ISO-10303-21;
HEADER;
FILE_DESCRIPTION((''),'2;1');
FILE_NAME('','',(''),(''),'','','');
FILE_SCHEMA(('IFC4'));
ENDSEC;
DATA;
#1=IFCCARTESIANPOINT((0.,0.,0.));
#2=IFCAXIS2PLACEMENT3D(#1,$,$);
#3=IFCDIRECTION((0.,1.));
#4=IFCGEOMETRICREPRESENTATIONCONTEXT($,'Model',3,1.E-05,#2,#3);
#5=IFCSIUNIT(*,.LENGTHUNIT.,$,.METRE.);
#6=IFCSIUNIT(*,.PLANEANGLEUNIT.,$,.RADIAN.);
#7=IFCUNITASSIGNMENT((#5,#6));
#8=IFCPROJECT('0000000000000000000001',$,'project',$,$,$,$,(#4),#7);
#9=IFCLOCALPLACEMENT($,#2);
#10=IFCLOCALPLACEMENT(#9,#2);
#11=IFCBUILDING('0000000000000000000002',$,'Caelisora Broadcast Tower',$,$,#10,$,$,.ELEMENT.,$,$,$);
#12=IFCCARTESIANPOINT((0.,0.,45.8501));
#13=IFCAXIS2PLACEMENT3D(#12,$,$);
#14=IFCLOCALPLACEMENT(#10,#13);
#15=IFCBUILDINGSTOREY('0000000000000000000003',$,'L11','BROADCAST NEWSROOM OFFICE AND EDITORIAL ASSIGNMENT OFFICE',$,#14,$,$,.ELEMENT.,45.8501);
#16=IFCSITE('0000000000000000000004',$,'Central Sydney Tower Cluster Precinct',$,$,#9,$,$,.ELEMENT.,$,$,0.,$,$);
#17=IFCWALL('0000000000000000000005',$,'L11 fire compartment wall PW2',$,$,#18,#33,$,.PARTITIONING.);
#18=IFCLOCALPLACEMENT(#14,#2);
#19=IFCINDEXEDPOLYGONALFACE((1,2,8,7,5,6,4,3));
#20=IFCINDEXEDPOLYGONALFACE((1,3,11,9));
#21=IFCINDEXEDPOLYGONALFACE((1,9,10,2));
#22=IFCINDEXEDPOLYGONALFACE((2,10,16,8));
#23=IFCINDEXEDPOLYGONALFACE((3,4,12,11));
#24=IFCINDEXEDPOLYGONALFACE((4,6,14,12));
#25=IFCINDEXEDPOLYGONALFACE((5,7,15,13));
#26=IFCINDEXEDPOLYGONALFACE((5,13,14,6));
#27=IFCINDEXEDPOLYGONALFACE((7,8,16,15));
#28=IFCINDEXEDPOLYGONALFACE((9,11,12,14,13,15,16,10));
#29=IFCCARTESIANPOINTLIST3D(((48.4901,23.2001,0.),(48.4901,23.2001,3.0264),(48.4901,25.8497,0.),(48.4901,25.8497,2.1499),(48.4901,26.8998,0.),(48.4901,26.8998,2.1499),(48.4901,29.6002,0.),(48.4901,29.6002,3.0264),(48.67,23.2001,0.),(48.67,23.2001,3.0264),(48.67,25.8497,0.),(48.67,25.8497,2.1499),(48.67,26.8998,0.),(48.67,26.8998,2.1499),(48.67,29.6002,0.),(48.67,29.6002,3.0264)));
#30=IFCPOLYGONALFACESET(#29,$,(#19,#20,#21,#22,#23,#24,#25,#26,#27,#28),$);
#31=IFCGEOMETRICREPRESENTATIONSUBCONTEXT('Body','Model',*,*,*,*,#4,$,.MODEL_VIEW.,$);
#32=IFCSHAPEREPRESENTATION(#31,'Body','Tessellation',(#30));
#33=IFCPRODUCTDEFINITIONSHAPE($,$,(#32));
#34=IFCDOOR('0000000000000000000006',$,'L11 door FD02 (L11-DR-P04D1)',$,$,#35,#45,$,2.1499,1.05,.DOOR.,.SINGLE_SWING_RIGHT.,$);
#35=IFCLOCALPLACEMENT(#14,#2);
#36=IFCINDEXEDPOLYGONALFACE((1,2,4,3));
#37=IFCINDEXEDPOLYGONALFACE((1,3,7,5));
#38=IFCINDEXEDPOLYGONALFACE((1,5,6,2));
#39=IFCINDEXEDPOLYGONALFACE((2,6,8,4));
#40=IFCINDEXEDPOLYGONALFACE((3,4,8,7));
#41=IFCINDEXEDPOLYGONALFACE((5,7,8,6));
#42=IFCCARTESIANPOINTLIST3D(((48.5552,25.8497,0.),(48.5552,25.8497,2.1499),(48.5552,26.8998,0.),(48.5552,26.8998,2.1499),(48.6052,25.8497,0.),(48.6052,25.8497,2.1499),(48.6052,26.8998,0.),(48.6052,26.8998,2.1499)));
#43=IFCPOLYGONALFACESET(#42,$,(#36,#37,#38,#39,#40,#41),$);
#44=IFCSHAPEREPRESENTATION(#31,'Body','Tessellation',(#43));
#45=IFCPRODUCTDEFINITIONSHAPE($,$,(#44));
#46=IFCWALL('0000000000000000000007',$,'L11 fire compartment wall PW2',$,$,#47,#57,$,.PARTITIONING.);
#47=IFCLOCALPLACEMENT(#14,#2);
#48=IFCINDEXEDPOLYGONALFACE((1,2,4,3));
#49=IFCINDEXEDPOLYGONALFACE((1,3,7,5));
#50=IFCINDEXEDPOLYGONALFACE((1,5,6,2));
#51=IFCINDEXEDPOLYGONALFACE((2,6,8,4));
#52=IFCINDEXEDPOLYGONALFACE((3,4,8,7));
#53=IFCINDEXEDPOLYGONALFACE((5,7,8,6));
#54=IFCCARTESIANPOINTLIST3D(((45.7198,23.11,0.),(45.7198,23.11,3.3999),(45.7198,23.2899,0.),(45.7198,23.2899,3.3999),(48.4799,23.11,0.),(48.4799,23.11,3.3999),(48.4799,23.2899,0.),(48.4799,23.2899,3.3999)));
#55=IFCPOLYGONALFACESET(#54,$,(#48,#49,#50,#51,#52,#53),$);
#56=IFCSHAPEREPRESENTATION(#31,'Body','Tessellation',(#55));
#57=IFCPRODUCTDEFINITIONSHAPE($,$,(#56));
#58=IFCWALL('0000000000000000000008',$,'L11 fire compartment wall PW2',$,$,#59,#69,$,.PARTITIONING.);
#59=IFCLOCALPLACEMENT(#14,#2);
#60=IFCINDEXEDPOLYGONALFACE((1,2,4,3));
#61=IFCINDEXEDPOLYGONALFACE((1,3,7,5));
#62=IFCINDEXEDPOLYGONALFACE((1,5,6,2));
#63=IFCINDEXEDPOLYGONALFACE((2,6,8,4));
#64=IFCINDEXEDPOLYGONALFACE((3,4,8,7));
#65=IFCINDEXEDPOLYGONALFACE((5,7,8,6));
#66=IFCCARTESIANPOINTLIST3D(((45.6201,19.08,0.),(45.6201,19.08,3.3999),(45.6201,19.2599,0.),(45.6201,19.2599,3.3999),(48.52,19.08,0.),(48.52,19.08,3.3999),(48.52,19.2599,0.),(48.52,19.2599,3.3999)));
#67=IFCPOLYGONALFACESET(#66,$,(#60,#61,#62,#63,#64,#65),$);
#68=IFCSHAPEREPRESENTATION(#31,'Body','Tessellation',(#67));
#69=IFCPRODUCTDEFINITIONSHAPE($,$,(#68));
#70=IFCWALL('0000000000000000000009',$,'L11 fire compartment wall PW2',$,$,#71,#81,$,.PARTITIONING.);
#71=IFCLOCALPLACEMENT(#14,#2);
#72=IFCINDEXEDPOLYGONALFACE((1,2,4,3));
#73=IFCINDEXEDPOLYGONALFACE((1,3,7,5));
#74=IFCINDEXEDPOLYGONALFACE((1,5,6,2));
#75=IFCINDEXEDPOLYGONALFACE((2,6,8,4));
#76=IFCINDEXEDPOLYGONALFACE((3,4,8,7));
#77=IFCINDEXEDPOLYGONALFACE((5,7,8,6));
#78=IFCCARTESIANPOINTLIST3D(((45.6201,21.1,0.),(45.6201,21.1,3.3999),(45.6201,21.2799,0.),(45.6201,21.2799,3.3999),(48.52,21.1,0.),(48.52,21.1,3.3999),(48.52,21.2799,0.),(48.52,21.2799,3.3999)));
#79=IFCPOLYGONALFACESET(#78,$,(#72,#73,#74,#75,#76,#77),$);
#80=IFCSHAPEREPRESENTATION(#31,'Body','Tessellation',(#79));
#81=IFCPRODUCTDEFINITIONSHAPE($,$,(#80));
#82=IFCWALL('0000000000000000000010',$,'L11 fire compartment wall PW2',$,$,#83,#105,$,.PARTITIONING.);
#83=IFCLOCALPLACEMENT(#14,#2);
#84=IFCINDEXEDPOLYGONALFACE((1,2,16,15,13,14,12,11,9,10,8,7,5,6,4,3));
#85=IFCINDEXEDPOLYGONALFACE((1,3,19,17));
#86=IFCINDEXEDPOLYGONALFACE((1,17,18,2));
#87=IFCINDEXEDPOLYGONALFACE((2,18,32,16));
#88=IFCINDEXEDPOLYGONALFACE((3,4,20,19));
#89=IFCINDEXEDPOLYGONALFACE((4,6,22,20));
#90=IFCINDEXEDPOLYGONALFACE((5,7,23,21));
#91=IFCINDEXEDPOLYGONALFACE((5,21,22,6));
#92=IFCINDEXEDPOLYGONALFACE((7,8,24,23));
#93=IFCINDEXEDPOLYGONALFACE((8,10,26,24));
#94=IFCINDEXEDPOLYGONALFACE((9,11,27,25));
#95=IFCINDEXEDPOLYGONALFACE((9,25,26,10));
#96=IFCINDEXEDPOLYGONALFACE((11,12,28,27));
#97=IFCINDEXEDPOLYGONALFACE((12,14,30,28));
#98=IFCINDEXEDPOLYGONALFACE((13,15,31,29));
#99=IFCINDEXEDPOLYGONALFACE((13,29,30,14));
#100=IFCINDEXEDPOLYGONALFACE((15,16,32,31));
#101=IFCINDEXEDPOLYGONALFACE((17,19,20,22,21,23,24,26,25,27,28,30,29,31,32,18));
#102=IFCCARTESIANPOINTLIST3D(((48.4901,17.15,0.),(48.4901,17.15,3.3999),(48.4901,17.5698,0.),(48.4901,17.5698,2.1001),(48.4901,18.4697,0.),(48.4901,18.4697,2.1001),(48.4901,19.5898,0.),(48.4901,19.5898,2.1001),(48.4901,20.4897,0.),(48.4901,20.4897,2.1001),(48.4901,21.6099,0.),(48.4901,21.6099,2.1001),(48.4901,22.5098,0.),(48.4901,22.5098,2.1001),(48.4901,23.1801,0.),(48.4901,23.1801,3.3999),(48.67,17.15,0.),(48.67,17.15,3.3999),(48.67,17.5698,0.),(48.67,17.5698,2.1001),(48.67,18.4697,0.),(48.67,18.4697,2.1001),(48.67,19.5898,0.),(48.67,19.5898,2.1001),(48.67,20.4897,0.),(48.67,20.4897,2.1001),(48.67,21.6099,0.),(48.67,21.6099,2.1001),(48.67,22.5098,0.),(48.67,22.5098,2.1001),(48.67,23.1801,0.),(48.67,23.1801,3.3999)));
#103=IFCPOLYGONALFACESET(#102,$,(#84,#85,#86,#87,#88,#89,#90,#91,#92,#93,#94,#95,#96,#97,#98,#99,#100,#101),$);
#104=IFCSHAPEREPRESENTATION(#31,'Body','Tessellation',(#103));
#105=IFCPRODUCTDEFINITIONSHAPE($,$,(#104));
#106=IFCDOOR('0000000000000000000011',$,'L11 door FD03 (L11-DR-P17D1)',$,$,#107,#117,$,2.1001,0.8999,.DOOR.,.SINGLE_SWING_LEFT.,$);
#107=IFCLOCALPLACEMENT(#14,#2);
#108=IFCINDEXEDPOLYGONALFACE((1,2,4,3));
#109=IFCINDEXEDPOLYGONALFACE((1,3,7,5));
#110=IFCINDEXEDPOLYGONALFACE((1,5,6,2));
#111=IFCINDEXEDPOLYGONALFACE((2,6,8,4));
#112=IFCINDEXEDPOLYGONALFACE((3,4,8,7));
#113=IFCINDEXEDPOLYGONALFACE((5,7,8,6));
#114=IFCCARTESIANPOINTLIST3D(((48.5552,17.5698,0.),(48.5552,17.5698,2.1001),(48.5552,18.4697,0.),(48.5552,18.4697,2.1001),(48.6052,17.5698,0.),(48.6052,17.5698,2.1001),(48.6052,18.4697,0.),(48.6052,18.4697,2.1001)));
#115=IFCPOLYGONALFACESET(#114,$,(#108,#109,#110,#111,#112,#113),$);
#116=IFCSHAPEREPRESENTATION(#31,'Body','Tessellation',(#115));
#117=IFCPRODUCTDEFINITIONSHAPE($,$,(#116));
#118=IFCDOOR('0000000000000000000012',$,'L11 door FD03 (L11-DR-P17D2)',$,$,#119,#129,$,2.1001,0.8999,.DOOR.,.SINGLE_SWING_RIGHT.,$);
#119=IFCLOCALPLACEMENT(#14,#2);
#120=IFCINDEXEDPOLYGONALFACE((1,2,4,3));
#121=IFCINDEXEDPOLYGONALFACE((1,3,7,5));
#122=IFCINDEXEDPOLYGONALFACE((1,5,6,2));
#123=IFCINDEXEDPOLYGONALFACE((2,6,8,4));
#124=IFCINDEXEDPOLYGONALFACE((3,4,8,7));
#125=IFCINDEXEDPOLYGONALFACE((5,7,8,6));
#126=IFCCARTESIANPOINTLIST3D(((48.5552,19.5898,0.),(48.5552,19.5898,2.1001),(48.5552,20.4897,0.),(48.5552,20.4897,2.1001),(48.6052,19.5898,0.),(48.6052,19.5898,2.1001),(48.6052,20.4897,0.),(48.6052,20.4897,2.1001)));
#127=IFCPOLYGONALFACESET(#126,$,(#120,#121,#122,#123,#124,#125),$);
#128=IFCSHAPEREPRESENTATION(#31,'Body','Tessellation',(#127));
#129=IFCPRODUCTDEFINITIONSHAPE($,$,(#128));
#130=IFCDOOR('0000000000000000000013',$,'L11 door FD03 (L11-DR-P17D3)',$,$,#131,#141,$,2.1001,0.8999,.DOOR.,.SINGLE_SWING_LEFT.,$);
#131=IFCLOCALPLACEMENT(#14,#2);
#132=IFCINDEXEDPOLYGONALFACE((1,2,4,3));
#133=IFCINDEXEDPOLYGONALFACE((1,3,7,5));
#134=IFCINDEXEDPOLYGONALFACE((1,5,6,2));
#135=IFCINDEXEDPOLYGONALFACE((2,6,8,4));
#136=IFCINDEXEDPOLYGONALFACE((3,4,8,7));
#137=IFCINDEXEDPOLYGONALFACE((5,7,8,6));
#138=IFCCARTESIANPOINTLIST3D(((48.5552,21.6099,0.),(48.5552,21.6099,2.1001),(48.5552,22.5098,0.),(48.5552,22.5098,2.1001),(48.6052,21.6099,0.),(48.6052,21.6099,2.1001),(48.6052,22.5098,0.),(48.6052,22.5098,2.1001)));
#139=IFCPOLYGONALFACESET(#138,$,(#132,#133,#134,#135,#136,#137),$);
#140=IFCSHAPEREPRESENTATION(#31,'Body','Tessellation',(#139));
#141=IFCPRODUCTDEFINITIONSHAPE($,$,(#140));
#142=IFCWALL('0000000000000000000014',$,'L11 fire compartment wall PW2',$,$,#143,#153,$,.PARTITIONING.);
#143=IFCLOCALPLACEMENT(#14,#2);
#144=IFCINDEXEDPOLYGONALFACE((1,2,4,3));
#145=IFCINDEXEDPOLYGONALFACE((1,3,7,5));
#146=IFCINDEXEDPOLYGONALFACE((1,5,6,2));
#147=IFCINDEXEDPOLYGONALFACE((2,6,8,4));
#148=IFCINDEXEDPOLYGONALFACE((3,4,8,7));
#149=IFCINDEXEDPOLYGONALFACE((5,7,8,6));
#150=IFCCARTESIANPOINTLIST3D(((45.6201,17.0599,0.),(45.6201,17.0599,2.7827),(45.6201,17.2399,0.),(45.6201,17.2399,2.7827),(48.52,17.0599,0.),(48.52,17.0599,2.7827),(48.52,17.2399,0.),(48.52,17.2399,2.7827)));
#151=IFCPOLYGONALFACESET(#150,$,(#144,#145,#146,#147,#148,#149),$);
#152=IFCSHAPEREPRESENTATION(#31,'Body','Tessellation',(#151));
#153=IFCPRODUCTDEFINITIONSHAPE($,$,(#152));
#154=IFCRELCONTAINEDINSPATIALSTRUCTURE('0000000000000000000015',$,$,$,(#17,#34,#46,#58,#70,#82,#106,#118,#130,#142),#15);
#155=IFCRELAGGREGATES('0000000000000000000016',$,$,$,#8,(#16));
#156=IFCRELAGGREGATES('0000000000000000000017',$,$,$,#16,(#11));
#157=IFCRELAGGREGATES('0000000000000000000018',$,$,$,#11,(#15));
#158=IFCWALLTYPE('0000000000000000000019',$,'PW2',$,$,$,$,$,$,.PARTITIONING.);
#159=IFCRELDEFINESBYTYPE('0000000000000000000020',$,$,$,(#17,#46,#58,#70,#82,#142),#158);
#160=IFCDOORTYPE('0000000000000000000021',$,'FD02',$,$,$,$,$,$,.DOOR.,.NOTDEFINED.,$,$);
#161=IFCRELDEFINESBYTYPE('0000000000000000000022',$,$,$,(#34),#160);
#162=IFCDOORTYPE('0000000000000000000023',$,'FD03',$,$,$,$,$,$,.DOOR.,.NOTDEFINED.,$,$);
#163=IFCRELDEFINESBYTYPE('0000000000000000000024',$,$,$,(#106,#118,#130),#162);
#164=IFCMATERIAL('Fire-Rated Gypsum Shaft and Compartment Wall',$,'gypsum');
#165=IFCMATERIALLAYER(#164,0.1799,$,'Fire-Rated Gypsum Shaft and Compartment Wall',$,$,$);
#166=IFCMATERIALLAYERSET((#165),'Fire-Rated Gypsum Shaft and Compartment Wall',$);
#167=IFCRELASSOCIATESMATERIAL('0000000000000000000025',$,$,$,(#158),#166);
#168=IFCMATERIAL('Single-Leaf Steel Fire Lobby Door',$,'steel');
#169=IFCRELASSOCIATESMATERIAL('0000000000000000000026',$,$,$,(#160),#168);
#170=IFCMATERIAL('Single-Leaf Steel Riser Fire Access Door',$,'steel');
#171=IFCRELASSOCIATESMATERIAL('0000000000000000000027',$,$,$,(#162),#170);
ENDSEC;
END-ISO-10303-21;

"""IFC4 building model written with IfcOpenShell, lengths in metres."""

from ifc_helpers import new_model, si_unit, direction, frame, frame_2d, origin, place, context, subcontext, project, spatial, rectangle, extrude, material, layer, layer_set, type_object, element, fill, save


model = new_model("IFC4")

# Units and contexts
model_context = context("Model", 3, precision=1e-05, world=origin(), true_north=direction((0.0, 1.0)))
body_context = subcontext(model_context, "Body", "Model", "MODEL_VIEW")
ifc_project = project(units=[si_unit("LENGTHUNIT", "METRE"), si_unit("PLANEANGLEUNIT", "RADIAN")], contexts=[model_context])

# Site, building, storey
site_placement = place(None, origin())
site = spatial("IfcSite", under=ifc_project, at=site_placement, Name="Central Sydney Tower Cluster Precinct", CompositionType="ELEMENT", RefElevation=0.0)
building_placement = place(site_placement, origin())
building = spatial("IfcBuilding", under=site, at=building_placement, Name="Caelisora Broadcast Tower", CompositionType="ELEMENT")
storey_placement = place(building_placement, frame((0.0, 0.0, 45.8501)))
storey = spatial("IfcBuildingStorey", under=building, at=storey_placement, Name="L11", Description="BROADCAST NEWSROOM OFFICE AND EDITORIAL ASSIGNMENT OFFICE", CompositionType="ELEMENT", Elevation=45.8501)

# Wall, opening, door
ifc_material_1 = material(Name="Fire-Rated Gypsum Shaft and Compartment Wall", Category="gypsum")
ifc_layer_1 = layer(ifc_material_1, 0.1799, Name="Fire-Rated Gypsum Shaft and Compartment Wall")
ifc_layer_set_1 = layer_set([ifc_layer_1], Name="Fire-Rated Gypsum Shaft and Compartment Wall")
wall_type_1 = type_object("IfcWallType", Name="PW2", PredefinedType="PARTITIONING", material=ifc_layer_set_1)
wall_1_placement = place(storey_placement, frame((48.5801, 23.2, 0.0), z_axis=(0.0, 0.0, 1.0), x_axis=(0.0, 1.0, 0.0)))
wall_1 = element("IfcWall", 1, at=wall_1_placement, inside=storey, type_object=wall_type_1, Name="L11 fire compartment wall PW2", PredefinedType="PARTITIONING", context=body_context, shape_type="SweptSolid", body=[
    extrude(rectangle(XDim=6.4001, YDim=0.1799, at=frame_2d((3.2002, 0.0))), origin(), (0.0, 0.0, 1.0), 3.0264),
])
opening_1_placement = place(wall_1_placement, frame((2.6499, 0.0, 0.0)))
opening_1 = element("IfcOpeningElement", 2, at=opening_1_placement, cuts=wall_1, PredefinedType="OPENING", context=body_context, shape_type="SweptSolid", body=[
    extrude(rectangle(XDim=1.05, YDim=2.1499, at=frame_2d((0.5249, 1.075))), frame((0.0, 0.1021, 0.0), z_axis=(0.0, -1.0, 0.0), x_axis=(1.0, 0.0, 0.0)), (0.0, 0.0, 1.0), 0.2039),
])
ifc_material_2 = material(Name="Single-Leaf Steel Fire Lobby Door", Category="steel")
door_type_1 = type_object("IfcDoorType", Name="FD02", OperationType="NOTDEFINED", PredefinedType="DOOR", material=ifc_material_2)
door_1_placement = place(opening_1_placement, origin())
door_1 = element("IfcDoor", 3, at=door_1_placement, inside=storey, type_object=door_type_1, Name="L11 door FD02 (L11-DR-P04D1)", OperationType="SINGLE_SWING_RIGHT", OverallHeight=2.1499, OverallWidth=1.05, PredefinedType="DOOR", context=body_context, shape_type="SweptSolid", body=[
    extrude(rectangle(XDim=1.05, YDim=2.1499, at=frame_2d((0.5249, 1.075))), frame((0.0, 0.0249, 0.0), z_axis=(0.0, -1.0, 0.0), x_axis=(1.0, 0.0, 0.0)), (0.0, 0.0, 1.0), 0.05),
])
fill(opening_1, door_1)

# Walls
wall_2_placement = place(storey_placement, frame((45.72, 23.2, 0.0), z_axis=(0.0, 0.0, 1.0), x_axis=(1.0, 0.0, 0.0)))
element("IfcWall", 4, at=wall_2_placement, inside=storey, type_object=wall_type_1, Name="L11 fire compartment wall PW2", PredefinedType="PARTITIONING", context=body_context, shape_type="SweptSolid", body=[
    extrude(rectangle(XDim=2.76, YDim=0.1799, at=frame_2d((1.3799, 0.0))), origin(), (0.0, 0.0, 1.0), 3.3999),
])
for number, where, z_axis, x_axis, name in (
    (5, (45.6201, 19.1699, 0.0), (0.0, 0.0, 1.0), (1.0, 0.0, 0.0), "L11 fire compartment wall PW2"),
    (6, (45.6201, 21.1899, 0.0), (0.0, 0.0, 1.0), (1.0, 0.0, 0.0), "L11 fire compartment wall PW2"),
):
    element("IfcWall", number, at=place(storey_placement, frame(where, z_axis=z_axis, x_axis=x_axis)), inside=storey, type_object=wall_type_1, Name=name, PredefinedType="PARTITIONING", context=body_context, shape_type="SweptSolid", body=[
        extrude(rectangle(XDim=2.8999, YDim=0.1799, at=frame_2d((1.45, 0.0))), origin(), (0.0, 0.0, 1.0), 3.3999),
    ])

# Wall, openings, doors
wall_3_placement = place(storey_placement, frame((48.5801, 17.1499, 0.0), z_axis=(0.0, 0.0, 1.0), x_axis=(0.0, 1.0, 0.0)))
wall_3 = element("IfcWall", 7, at=wall_3_placement, inside=storey, type_object=wall_type_1, Name="L11 fire compartment wall PW2", PredefinedType="PARTITIONING", context=body_context, shape_type="SweptSolid", body=[
    extrude(rectangle(XDim=6.03, YDim=0.1799, at=frame_2d((3.0151, 0.0))), origin(), (0.0, 0.0, 1.0), 3.3999),
])
opening_2_placement = place(wall_3_placement, frame((0.4199, 0.0, 0.0)))
opening_2 = element("IfcOpeningElement", 8, at=opening_2_placement, cuts=wall_3, PredefinedType="OPENING", context=body_context, shape_type="SweptSolid", body=[
    extrude(rectangle(XDim=0.8999, YDim=2.1001, at=frame_2d((0.45, 1.05))), frame((0.0, 0.1021, 0.0), z_axis=(0.0, -1.0, 0.0), x_axis=(1.0, 0.0, 0.0)), (0.0, 0.0, 1.0), 0.2039),
])
opening_3_placement = place(wall_3_placement, frame((2.4399, 0.0, 0.0)))
opening_3 = element("IfcOpeningElement", 9, at=opening_3_placement, cuts=wall_3, PredefinedType="OPENING", context=body_context, shape_type="SweptSolid", body=[
    extrude(rectangle(XDim=0.8999, YDim=2.1001, at=frame_2d((0.45, 1.05))), frame((0.0, 0.1021, 0.0), z_axis=(0.0, -1.0, 0.0), x_axis=(1.0, 0.0, 0.0)), (0.0, 0.0, 1.0), 0.2039),
])
opening_4_placement = place(wall_3_placement, frame((4.46, 0.0, 0.0)))
opening_4 = element("IfcOpeningElement", 10, at=opening_4_placement, cuts=wall_3, PredefinedType="OPENING", context=body_context, shape_type="SweptSolid", body=[
    extrude(rectangle(XDim=0.8999, YDim=2.1001, at=frame_2d((0.45, 1.05))), frame((0.0, 0.1021, 0.0), z_axis=(0.0, -1.0, 0.0), x_axis=(1.0, 0.0, 0.0)), (0.0, 0.0, 1.0), 0.2039),
])
ifc_material_3 = material(Name="Single-Leaf Steel Riser Fire Access Door", Category="steel")
door_type_2 = type_object("IfcDoorType", Name="FD03", OperationType="NOTDEFINED", PredefinedType="DOOR", material=ifc_material_3)
door_2_placement = place(opening_2_placement, origin())
door_2 = element("IfcDoor", 11, at=door_2_placement, inside=storey, type_object=door_type_2, Name="L11 door FD03 (L11-DR-P17D1)", OperationType="SINGLE_SWING_LEFT", OverallHeight=2.1001, OverallWidth=0.8999, PredefinedType="DOOR", context=body_context, shape_type="SweptSolid", body=[
    extrude(rectangle(XDim=0.8999, YDim=2.1001, at=frame_2d((0.45, 1.05))), frame((0.0, 0.0249, 0.0), z_axis=(0.0, -1.0, 0.0), x_axis=(1.0, 0.0, 0.0)), (0.0, 0.0, 1.0), 0.05),
])
fill(opening_2, door_2)
door_3_placement = place(opening_3_placement, origin())
door_3 = element("IfcDoor", 12, at=door_3_placement, inside=storey, type_object=door_type_2, Name="L11 door FD03 (L11-DR-P17D2)", OperationType="SINGLE_SWING_RIGHT", OverallHeight=2.1001, OverallWidth=0.8999, PredefinedType="DOOR", context=body_context, shape_type="SweptSolid", body=[
    extrude(rectangle(XDim=0.8999, YDim=2.1001, at=frame_2d((0.45, 1.05))), frame((0.0, 0.0249, 0.0), z_axis=(0.0, -1.0, 0.0), x_axis=(1.0, 0.0, 0.0)), (0.0, 0.0, 1.0), 0.05),
])
fill(opening_3, door_3)
door_4_placement = place(opening_4_placement, origin())
door_4 = element("IfcDoor", 13, at=door_4_placement, inside=storey, type_object=door_type_2, Name="L11 door FD03 (L11-DR-P17D3)", OperationType="SINGLE_SWING_LEFT", OverallHeight=2.1001, OverallWidth=0.8999, PredefinedType="DOOR", context=body_context, shape_type="SweptSolid", body=[
    extrude(rectangle(XDim=0.8999, YDim=2.1001, at=frame_2d((0.45, 1.05))), frame((0.0, 0.0249, 0.0), z_axis=(0.0, -1.0, 0.0), x_axis=(1.0, 0.0, 0.0)), (0.0, 0.0, 1.0), 0.05),
])
fill(opening_4, door_4)

# Wall
wall_4_placement = place(storey_placement, frame((45.6201, 17.1499, 0.0), z_axis=(0.0, 0.0, 1.0), x_axis=(1.0, 0.0, 0.0)))
element("IfcWall", 14, at=wall_4_placement, inside=storey, type_object=wall_type_1, Name="L11 fire compartment wall PW2", PredefinedType="PARTITIONING", context=body_context, shape_type="SweptSolid", body=[
    extrude(rectangle(XDim=2.8999, YDim=0.1799, at=frame_2d((1.45, 0.0))), origin(), (0.0, 0.0, 1.0), 2.7827),
])

save(model, "model.ifc")
